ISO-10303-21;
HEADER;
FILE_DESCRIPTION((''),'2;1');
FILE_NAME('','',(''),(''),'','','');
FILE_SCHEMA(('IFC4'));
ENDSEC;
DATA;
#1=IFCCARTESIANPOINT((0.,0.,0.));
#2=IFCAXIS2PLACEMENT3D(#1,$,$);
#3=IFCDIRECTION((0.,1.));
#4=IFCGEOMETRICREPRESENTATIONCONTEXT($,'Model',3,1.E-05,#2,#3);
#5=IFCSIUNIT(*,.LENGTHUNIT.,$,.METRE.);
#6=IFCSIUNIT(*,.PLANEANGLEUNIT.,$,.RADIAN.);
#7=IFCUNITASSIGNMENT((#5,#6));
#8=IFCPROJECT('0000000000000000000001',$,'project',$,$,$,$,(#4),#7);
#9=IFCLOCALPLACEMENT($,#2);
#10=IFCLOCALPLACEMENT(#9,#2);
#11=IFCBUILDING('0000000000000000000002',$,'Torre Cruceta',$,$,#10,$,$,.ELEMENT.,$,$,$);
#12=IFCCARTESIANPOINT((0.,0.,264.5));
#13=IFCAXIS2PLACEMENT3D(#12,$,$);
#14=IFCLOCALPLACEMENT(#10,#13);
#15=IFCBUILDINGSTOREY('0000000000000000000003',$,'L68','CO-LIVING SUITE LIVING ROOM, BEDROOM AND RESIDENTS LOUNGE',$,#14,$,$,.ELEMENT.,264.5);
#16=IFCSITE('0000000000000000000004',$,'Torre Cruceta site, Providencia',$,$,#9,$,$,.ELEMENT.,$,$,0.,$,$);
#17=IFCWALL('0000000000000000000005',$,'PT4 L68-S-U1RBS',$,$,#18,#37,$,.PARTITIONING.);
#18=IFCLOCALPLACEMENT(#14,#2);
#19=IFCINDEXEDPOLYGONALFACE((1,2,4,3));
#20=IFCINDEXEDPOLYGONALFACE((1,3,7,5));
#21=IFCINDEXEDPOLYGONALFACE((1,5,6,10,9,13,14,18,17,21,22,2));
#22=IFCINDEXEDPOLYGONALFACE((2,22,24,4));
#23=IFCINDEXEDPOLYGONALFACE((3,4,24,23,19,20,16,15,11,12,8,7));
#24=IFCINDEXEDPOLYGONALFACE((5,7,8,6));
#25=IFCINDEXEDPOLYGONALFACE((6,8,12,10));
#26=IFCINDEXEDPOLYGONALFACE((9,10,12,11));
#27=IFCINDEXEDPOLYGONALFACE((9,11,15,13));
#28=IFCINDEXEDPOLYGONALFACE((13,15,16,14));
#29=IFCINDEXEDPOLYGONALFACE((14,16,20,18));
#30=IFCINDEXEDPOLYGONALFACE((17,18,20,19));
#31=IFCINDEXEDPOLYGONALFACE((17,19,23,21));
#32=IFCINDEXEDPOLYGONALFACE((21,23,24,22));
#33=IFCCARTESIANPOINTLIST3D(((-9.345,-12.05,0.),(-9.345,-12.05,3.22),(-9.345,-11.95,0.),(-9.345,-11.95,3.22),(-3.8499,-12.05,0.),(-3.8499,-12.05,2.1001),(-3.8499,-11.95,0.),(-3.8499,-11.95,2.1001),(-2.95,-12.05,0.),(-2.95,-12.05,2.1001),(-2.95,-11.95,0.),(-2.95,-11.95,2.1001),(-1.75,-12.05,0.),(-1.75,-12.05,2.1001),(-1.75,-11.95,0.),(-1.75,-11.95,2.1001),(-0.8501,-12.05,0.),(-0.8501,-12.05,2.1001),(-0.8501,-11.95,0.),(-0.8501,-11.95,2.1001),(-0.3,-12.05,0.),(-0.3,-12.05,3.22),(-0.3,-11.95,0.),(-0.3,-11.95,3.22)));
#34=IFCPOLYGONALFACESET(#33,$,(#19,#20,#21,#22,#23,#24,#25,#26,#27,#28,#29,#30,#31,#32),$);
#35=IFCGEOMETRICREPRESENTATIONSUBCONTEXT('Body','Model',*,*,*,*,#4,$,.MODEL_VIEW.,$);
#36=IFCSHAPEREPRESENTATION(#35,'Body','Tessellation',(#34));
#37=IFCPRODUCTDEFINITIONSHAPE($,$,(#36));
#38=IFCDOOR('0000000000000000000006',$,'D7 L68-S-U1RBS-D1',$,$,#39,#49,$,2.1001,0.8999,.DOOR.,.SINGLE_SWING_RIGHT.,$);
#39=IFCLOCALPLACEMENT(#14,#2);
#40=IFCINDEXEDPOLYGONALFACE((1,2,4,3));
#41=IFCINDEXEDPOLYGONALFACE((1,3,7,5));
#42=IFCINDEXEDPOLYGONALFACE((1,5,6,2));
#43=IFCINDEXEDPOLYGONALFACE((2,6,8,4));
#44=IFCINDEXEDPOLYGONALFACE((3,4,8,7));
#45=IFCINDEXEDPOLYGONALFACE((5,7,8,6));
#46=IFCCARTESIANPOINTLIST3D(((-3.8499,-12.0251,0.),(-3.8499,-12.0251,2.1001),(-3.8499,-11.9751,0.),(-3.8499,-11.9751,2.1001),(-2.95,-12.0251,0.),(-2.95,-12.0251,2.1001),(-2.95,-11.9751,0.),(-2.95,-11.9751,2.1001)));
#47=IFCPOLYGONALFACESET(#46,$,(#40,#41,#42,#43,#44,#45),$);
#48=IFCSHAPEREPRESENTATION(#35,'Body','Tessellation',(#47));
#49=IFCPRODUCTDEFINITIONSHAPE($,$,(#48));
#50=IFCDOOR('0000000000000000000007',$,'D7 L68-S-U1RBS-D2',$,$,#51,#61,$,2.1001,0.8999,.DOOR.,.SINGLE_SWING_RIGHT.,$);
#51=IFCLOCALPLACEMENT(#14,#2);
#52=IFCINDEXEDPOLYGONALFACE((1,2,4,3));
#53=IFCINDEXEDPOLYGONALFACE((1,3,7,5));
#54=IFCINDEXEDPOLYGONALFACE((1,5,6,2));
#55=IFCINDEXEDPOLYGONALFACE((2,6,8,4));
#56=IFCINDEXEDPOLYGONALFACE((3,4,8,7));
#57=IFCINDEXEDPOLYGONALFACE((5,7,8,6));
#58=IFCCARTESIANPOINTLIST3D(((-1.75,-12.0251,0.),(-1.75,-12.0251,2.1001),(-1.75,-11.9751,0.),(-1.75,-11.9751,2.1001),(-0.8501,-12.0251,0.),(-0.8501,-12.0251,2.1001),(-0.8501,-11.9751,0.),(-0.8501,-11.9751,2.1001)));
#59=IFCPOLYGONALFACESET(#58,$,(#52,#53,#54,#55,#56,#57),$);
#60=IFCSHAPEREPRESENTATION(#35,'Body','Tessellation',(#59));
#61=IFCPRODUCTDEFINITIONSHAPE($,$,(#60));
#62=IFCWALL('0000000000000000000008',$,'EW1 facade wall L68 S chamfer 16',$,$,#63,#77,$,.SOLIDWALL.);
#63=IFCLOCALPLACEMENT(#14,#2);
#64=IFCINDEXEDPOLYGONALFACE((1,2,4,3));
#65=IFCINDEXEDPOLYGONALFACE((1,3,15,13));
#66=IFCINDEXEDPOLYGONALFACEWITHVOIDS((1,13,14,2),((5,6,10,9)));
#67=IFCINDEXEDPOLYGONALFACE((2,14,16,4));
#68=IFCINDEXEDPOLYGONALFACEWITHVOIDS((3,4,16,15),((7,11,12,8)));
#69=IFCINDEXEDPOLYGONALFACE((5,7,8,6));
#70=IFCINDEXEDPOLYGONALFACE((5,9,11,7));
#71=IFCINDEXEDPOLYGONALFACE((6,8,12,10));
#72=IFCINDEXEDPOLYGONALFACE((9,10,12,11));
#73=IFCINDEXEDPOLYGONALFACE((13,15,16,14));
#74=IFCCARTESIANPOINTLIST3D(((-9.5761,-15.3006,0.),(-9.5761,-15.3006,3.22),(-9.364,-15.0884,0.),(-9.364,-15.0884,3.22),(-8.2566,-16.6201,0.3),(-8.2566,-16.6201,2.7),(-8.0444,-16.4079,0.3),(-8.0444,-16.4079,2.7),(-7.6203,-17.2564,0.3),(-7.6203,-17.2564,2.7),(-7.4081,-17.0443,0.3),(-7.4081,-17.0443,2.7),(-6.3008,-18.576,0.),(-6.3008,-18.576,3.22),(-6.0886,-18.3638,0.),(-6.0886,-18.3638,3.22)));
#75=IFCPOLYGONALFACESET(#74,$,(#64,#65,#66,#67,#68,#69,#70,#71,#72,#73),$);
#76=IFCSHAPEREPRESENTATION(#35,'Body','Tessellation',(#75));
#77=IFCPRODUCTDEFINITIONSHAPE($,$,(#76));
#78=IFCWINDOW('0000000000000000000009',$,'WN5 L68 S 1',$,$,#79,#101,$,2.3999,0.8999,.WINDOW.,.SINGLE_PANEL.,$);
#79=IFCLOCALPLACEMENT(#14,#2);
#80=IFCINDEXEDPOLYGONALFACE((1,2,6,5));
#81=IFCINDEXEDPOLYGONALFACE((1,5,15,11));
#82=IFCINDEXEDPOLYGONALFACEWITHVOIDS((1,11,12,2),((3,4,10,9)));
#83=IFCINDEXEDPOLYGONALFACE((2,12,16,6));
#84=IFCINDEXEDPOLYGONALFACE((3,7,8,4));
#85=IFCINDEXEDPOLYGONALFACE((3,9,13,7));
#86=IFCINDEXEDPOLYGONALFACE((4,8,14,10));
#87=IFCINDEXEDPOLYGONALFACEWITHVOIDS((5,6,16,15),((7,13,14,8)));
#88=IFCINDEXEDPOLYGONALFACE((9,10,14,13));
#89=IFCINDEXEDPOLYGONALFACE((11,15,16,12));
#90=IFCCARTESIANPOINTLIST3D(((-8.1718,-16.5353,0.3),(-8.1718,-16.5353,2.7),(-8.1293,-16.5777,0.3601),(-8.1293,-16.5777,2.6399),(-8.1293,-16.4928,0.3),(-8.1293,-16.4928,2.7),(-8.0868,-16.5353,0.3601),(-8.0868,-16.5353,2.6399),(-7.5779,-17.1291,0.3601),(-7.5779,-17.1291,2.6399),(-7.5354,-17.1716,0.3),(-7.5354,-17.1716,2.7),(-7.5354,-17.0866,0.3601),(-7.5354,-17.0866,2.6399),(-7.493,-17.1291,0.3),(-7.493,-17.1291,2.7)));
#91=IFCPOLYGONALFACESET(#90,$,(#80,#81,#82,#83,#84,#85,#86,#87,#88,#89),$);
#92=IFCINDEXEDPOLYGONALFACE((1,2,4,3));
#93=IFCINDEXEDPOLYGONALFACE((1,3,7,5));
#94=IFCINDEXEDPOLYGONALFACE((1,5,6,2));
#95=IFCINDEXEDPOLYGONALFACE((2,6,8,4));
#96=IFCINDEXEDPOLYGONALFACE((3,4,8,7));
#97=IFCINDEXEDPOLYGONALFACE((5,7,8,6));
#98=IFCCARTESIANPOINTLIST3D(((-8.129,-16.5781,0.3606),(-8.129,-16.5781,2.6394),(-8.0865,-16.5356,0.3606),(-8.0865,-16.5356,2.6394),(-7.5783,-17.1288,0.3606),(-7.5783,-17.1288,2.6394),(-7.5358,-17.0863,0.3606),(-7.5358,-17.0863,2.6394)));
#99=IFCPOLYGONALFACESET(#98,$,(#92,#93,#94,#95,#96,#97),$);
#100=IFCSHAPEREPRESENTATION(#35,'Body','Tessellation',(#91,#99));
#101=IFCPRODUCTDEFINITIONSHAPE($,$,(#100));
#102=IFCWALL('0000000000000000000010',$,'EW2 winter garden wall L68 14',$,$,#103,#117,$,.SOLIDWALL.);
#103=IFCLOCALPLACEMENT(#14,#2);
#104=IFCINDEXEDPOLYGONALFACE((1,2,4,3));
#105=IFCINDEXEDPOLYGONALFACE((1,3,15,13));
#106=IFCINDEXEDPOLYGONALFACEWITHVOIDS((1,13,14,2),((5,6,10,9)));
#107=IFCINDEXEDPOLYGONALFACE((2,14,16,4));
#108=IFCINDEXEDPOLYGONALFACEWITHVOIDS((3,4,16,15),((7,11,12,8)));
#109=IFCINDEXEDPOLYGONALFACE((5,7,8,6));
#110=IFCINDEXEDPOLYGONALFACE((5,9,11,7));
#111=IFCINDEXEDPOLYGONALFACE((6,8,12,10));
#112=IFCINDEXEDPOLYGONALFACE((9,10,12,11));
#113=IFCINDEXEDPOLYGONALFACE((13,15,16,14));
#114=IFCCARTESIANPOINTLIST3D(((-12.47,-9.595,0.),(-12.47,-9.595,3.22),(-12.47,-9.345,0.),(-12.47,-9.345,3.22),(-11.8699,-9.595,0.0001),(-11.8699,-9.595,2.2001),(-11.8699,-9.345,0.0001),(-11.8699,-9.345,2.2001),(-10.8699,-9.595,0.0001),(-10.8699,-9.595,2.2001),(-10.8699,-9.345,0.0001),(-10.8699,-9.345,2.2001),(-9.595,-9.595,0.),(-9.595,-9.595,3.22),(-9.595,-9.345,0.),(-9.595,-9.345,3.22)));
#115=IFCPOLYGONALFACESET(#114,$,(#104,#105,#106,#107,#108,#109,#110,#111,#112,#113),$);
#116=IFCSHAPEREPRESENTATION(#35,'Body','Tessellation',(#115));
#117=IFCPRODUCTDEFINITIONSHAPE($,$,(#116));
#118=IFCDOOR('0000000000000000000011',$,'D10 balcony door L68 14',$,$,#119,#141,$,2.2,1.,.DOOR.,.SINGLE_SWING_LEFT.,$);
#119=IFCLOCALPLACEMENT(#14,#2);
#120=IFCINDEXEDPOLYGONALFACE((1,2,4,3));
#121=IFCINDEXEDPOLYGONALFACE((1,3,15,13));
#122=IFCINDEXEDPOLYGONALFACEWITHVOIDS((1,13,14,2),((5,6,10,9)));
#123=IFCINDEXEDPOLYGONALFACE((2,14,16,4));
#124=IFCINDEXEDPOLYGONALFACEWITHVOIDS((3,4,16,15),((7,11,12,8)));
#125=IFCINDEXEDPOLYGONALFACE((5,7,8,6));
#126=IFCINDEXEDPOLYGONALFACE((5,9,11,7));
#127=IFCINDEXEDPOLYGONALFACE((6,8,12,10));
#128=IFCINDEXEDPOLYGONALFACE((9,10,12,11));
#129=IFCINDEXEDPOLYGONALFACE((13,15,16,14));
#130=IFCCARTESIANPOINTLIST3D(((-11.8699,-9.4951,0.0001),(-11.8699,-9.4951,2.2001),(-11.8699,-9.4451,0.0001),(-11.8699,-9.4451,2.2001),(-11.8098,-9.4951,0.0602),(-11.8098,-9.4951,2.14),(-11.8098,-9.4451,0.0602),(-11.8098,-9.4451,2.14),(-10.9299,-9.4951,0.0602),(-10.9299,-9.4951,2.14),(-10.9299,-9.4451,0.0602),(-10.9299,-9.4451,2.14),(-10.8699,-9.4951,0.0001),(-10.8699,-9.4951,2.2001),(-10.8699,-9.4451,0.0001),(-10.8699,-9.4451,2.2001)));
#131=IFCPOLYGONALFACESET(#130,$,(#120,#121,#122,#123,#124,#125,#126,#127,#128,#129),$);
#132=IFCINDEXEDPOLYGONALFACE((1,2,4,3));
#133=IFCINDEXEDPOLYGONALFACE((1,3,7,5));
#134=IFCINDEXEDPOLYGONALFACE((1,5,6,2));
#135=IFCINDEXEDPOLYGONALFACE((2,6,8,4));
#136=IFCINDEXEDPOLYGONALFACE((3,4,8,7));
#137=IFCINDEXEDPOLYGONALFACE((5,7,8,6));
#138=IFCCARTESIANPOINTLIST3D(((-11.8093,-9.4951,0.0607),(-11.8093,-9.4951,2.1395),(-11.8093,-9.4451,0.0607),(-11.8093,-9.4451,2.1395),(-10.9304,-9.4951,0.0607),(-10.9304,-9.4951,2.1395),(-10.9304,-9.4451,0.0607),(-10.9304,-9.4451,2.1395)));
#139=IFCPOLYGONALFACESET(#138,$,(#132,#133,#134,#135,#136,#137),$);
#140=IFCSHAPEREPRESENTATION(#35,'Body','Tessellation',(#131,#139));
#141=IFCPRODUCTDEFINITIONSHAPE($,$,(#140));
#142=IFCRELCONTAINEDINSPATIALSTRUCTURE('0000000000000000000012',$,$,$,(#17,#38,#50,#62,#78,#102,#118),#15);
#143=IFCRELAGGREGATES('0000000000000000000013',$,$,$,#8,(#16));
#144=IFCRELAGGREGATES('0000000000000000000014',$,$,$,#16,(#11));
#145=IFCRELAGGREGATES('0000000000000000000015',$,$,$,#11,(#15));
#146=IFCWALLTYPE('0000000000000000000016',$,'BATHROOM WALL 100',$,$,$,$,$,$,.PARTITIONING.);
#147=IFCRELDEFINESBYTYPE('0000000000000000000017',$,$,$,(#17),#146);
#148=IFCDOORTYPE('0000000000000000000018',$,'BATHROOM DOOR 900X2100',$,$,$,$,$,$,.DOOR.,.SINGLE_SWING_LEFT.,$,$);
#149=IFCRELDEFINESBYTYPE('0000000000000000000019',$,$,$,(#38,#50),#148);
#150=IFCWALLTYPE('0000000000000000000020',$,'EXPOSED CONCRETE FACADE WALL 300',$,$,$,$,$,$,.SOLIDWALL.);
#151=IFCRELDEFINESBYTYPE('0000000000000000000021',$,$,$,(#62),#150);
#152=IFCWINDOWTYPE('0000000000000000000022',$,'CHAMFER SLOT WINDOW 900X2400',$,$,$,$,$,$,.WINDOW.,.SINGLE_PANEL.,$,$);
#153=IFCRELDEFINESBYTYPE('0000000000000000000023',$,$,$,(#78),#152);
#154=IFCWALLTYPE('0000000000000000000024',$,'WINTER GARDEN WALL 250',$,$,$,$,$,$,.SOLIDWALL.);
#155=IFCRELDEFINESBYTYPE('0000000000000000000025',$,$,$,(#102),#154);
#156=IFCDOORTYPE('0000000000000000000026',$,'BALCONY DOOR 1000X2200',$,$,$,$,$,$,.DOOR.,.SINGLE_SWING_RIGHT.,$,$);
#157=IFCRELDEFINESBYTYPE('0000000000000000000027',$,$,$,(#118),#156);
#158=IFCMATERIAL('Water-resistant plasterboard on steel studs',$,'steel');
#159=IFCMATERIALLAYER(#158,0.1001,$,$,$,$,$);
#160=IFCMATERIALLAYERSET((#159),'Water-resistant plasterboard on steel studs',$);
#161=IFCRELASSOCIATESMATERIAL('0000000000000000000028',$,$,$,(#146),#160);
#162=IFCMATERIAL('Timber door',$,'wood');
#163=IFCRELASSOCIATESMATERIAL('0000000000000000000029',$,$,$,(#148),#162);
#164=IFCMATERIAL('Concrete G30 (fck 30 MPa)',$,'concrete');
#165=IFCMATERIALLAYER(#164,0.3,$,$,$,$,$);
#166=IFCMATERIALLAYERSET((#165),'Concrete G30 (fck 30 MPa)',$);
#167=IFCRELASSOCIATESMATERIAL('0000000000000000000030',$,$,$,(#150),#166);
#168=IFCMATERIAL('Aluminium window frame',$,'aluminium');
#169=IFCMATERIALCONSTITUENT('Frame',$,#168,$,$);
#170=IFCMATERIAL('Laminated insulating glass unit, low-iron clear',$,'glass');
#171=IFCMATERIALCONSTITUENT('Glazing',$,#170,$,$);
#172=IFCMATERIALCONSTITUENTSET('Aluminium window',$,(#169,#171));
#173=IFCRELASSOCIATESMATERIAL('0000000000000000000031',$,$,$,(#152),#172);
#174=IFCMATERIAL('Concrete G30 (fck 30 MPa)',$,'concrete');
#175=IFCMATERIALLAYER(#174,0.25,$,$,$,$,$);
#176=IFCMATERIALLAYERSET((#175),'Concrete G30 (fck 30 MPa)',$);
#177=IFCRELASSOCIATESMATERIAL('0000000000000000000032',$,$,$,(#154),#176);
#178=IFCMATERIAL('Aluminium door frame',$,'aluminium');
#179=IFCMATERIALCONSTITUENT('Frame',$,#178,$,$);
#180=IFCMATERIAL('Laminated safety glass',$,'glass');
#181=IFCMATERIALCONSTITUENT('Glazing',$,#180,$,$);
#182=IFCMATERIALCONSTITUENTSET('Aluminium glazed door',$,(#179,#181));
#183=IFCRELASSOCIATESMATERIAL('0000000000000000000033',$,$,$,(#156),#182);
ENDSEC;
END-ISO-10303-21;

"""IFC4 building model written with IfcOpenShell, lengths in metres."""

from ifc_helpers import new_model, si_unit, direction, frame, frame_2d, origin, place, context, subcontext, project, spatial, rectangle, hollow_rectangle, extrude, material, layer, layer_set, constituent, constituent_set, type_object, element, fill, save


model = new_model("IFC4")

# Units and contexts
model_context = context("Model", 3, precision=1e-05, world=origin(), true_north=direction((0.0, 1.0)))
body_context = subcontext(model_context, "Body", "Model", "MODEL_VIEW")
ifc_project = project(units=[si_unit("LENGTHUNIT", "METRE"), si_unit("PLANEANGLEUNIT", "RADIAN")], contexts=[model_context])

# Site, building, storey
site_placement = place(None, origin())
site = spatial("IfcSite", under=ifc_project, at=site_placement, Name="Torre Cruceta site, Providencia", CompositionType="ELEMENT", RefElevation=0.0)
building_placement = place(site_placement, origin())
building = spatial("IfcBuilding", under=site, at=building_placement, Name="Torre Cruceta", CompositionType="ELEMENT")
storey_placement = place(building_placement, frame((0.0, 0.0, 264.5)))
storey = spatial("IfcBuildingStorey", under=building, at=storey_placement, Name="L68", Description="CO-LIVING SUITE LIVING ROOM, BEDROOM AND RESIDENTS LOUNGE", CompositionType="ELEMENT", Elevation=264.5)

# Wall, openings, doors
ifc_material_1 = material(Name="Water-resistant plasterboard on steel studs", Category="steel")
ifc_layer_1 = layer(ifc_material_1, 0.1001)
ifc_layer_set_1 = layer_set([ifc_layer_1], Name="Water-resistant plasterboard on steel studs")
wall_type_1 = type_object("IfcWallType", Name="BATHROOM WALL 100", PredefinedType="PARTITIONING", material=ifc_layer_set_1)
wall_1_placement = place(storey_placement, frame((-9.345, -12.0, 0.0), z_axis=(0.0, 0.0, 1.0), x_axis=(1.0, 0.0, 0.0)))
wall_1 = element("IfcWall", 1, at=wall_1_placement, inside=storey, type_object=wall_type_1, Name="PT4 L68-S-U1RBS", PredefinedType="PARTITIONING", context=body_context, shape_type="SweptSolid", body=[
    extrude(rectangle(XDim=9.0449, YDim=0.1001, at=frame_2d((4.5225, 0.0))), origin(), (0.0, 0.0, 1.0), 3.22),
])
opening_1_placement = place(wall_1_placement, frame((5.4951, 0.0, 0.0)))
opening_1 = element("IfcOpeningElement", 2, at=opening_1_placement, cuts=wall_1, PredefinedType="OPENING", context=body_context, shape_type="SweptSolid", body=[
    extrude(rectangle(XDim=0.8999, YDim=2.1001, at=frame_2d((0.45, 1.05))), frame((0.0, 0.0601, 0.0), z_axis=(0.0, -1.0, 0.0), x_axis=(1.0, 0.0, 0.0)), (0.0, 0.0, 1.0), 0.1201),
])
opening_2_placement = place(wall_1_placement, frame((7.595, 0.0, 0.0)))
opening_2 = element("IfcOpeningElement", 3, at=opening_2_placement, cuts=wall_1, PredefinedType="OPENING", context=body_context, shape_type="SweptSolid", body=[
    extrude(rectangle(XDim=0.8999, YDim=2.1001, at=frame_2d((0.45, 1.05))), frame((0.0, 0.0601, 0.0), z_axis=(0.0, -1.0, 0.0), x_axis=(1.0, 0.0, 0.0)), (0.0, 0.0, 1.0), 0.1201),
])
ifc_material_2 = material(Name="Timber door", Category="wood")
door_type_1 = type_object("IfcDoorType", Name="BATHROOM DOOR 900X2100", OperationType="SINGLE_SWING_LEFT", PredefinedType="DOOR", material=ifc_material_2)
door_1_placement = place(opening_1_placement, origin())
door_1 = element("IfcDoor", 4, at=door_1_placement, inside=storey, type_object=door_type_1, Name="D7 L68-S-U1RBS-D1", OperationType="SINGLE_SWING_RIGHT", OverallHeight=2.1001, OverallWidth=0.8999, PredefinedType="DOOR", context=body_context, shape_type="SweptSolid", body=[
    extrude(rectangle(XDim=0.8999, YDim=2.1001, at=frame_2d((0.45, 1.05))), frame((0.0, 0.0249, 0.0), z_axis=(0.0, -1.0, 0.0), x_axis=(1.0, 0.0, 0.0)), (0.0, 0.0, 1.0), 0.05),
])
fill(opening_1, door_1)
door_2_placement = place(opening_2_placement, origin())
door_2 = element("IfcDoor", 5, at=door_2_placement, inside=storey, type_object=door_type_1, Name="D7 L68-S-U1RBS-D2", OperationType="SINGLE_SWING_RIGHT", OverallHeight=2.1001, OverallWidth=0.8999, PredefinedType="DOOR", context=body_context, shape_type="SweptSolid", body=[
    extrude(rectangle(XDim=0.8999, YDim=2.1001, at=frame_2d((0.45, 1.05))), frame((0.0, 0.0249, 0.0), z_axis=(0.0, -1.0, 0.0), x_axis=(1.0, 0.0, 0.0)), (0.0, 0.0, 1.0), 0.05),
])
fill(opening_2, door_2)

# Wall, opening, window
ifc_material_3 = material(Name="Concrete G30 (fck 30 MPa)", Category="concrete")
ifc_layer_2 = layer(ifc_material_3, 0.3)
ifc_layer_set_2 = layer_set([ifc_layer_2], Name="Concrete G30 (fck 30 MPa)")
wall_type_2 = type_object("IfcWallType", Name="EXPOSED CONCRETE FACADE WALL 300", PredefinedType="SOLIDWALL", material=ifc_layer_set_2)
wall_2_placement = place(storey_placement, frame((-9.47, -15.1946, 0.0), z_axis=(0.0, 0.0, 1.0), x_axis=(0.707107, -0.707107, 0.0)))
wall_2 = element("IfcWall", 6, at=wall_2_placement, inside=storey, type_object=wall_type_2, Name="EW1 facade wall L68 S chamfer 16", PredefinedType="SOLIDWALL", context=body_context, shape_type="SweptSolid", body=[
    extrude(rectangle(XDim=4.6321, YDim=0.3, at=frame_2d((2.3159, 0.0))), origin(), (0.0, 0.0, 1.0), 3.22),
])
opening_3_placement = place(wall_2_placement, frame((1.866, 0.0, 0.3)))
opening_3 = element("IfcOpeningElement", 7, at=opening_3_placement, cuts=wall_2, PredefinedType="OPENING", context=body_context, shape_type="SweptSolid", body=[
    extrude(rectangle(XDim=0.8999, YDim=2.3999, at=frame_2d((0.45, 1.2))), frame((0.0, 0.1599, 0.0), z_axis=(0.0, -1.0, 0.0), x_axis=(1.0, 0.0, 0.0)), (0.0, 0.0, 1.0), 0.3201),
])
ifc_material_4 = material(Name="Aluminium window frame", Category="aluminium")
ifc_constituent_1 = constituent(ifc_material_4, Name="Frame")
ifc_material_5 = material(Name="Laminated insulating glass unit, low-iron clear", Category="glass")
ifc_constituent_2 = constituent(ifc_material_5, Name="Glazing")
ifc_constituent_set_1 = constituent_set(constituents=[ifc_constituent_1, ifc_constituent_2], Name="Aluminium window")
window_type = type_object("IfcWindowType", Name="CHAMFER SLOT WINDOW 900X2400", PartitioningType="SINGLE_PANEL", PredefinedType="WINDOW", material=ifc_constituent_set_1)
window_placement = place(opening_3_placement, origin())
window = element("IfcWindow", 8, at=window_placement, inside=storey, type_object=window_type, Name="WN5 L68 S 1", OverallHeight=2.3999, OverallWidth=0.8999, PartitioningType="SINGLE_PANEL", PredefinedType="WINDOW", context=body_context, shape_type="SweptSolid", body=[
    extrude(hollow_rectangle(XDim=0.8999, YDim=2.3999, WallThickness=0.0601, at=frame_2d((0.45, 1.2))), frame((0.0, 0.03, 0.0), z_axis=(0.0, -1.0, 0.0), x_axis=(1.0, 0.0, 0.0)), (0.0, 0.0, 1.0), 0.0601),
    extrude(rectangle(XDim=0.7788, YDim=2.2788, at=frame_2d((0.45, 1.2))), frame((0.0, 0.03, 0.0), z_axis=(0.0, -1.0, 0.0), x_axis=(1.0, 0.0, 0.0)), (0.0, 0.0, 1.0), 0.0601),
])
fill(opening_3, window)

# Wall, opening, door
ifc_material_6 = material(Name="Concrete G30 (fck 30 MPa)", Category="concrete")
ifc_layer_3 = layer(ifc_material_6, 0.25)
ifc_layer_set_3 = layer_set([ifc_layer_3], Name="Concrete G30 (fck 30 MPa)")
wall_type_3 = type_object("IfcWallType", Name="WINTER GARDEN WALL 250", PredefinedType="SOLIDWALL", material=ifc_layer_set_3)
wall_3_placement = place(storey_placement, frame((-12.47, -9.47, 0.0), z_axis=(0.0, 0.0, 1.0), x_axis=(1.0, 0.0, 0.0)))
wall_3 = element("IfcWall", 9, at=wall_3_placement, inside=storey, type_object=wall_type_3, Name="EW2 winter garden wall L68 14", PredefinedType="SOLIDWALL", context=body_context, shape_type="SweptSolid", body=[
    extrude(rectangle(XDim=2.875, YDim=0.25, at=frame_2d((1.4375, 0.0))), origin(), (0.0, 0.0, 1.0), 3.22),
])
opening_4_placement = place(wall_3_placement, frame((0.6001, 0.0, 0.0)))
opening_4 = element("IfcOpeningElement", 10, at=opening_4_placement, cuts=wall_3, PredefinedType="OPENING", context=body_context, shape_type="SweptSolid", body=[
    extrude(rectangle(XDim=1.0, YDim=2.2, at=frame_2d((0.5, 1.1001))), frame((0.0, 0.135, 0.0), z_axis=(0.0, -1.0, 0.0), x_axis=(1.0, 0.0, 0.0)), (0.0, 0.0, 1.0), 0.27),
])
ifc_material_7 = material(Name="Aluminium door frame", Category="aluminium")
ifc_constituent_3 = constituent(ifc_material_7, Name="Frame")
ifc_material_8 = material(Name="Laminated safety glass", Category="glass")
ifc_constituent_4 = constituent(ifc_material_8, Name="Glazing")
ifc_constituent_set_2 = constituent_set(constituents=[ifc_constituent_3, ifc_constituent_4], Name="Aluminium glazed door")
door_type_2 = type_object("IfcDoorType", Name="BALCONY DOOR 1000X2200", OperationType="SINGLE_SWING_RIGHT", PredefinedType="DOOR", material=ifc_constituent_set_2)
door_3_placement = place(opening_4_placement, origin())
door_3 = element("IfcDoor", 11, at=door_3_placement, inside=storey, type_object=door_type_2, Name="D10 balcony door L68 14", OperationType="SINGLE_SWING_LEFT", OverallHeight=2.2, OverallWidth=1.0, PredefinedType="DOOR", context=body_context, shape_type="SweptSolid", body=[
    extrude(hollow_rectangle(XDim=1.0, YDim=2.2, WallThickness=0.0601, at=frame_2d((0.5, 1.1001))), frame((0.0, 0.0249, 0.0), z_axis=(0.0, -1.0, 0.0), x_axis=(1.0, 0.0, 0.0)), (0.0, 0.0, 1.0), 0.05),
    extrude(rectangle(XDim=0.8789, YDim=2.0789, at=frame_2d((0.5, 1.1001))), frame((0.0, 0.0249, 0.0), z_axis=(0.0, -1.0, 0.0), x_axis=(1.0, 0.0, 0.0)), (0.0, 0.0, 1.0), 0.05),
])
fill(opening_4, door_3)

save(model, "model.ifc")
